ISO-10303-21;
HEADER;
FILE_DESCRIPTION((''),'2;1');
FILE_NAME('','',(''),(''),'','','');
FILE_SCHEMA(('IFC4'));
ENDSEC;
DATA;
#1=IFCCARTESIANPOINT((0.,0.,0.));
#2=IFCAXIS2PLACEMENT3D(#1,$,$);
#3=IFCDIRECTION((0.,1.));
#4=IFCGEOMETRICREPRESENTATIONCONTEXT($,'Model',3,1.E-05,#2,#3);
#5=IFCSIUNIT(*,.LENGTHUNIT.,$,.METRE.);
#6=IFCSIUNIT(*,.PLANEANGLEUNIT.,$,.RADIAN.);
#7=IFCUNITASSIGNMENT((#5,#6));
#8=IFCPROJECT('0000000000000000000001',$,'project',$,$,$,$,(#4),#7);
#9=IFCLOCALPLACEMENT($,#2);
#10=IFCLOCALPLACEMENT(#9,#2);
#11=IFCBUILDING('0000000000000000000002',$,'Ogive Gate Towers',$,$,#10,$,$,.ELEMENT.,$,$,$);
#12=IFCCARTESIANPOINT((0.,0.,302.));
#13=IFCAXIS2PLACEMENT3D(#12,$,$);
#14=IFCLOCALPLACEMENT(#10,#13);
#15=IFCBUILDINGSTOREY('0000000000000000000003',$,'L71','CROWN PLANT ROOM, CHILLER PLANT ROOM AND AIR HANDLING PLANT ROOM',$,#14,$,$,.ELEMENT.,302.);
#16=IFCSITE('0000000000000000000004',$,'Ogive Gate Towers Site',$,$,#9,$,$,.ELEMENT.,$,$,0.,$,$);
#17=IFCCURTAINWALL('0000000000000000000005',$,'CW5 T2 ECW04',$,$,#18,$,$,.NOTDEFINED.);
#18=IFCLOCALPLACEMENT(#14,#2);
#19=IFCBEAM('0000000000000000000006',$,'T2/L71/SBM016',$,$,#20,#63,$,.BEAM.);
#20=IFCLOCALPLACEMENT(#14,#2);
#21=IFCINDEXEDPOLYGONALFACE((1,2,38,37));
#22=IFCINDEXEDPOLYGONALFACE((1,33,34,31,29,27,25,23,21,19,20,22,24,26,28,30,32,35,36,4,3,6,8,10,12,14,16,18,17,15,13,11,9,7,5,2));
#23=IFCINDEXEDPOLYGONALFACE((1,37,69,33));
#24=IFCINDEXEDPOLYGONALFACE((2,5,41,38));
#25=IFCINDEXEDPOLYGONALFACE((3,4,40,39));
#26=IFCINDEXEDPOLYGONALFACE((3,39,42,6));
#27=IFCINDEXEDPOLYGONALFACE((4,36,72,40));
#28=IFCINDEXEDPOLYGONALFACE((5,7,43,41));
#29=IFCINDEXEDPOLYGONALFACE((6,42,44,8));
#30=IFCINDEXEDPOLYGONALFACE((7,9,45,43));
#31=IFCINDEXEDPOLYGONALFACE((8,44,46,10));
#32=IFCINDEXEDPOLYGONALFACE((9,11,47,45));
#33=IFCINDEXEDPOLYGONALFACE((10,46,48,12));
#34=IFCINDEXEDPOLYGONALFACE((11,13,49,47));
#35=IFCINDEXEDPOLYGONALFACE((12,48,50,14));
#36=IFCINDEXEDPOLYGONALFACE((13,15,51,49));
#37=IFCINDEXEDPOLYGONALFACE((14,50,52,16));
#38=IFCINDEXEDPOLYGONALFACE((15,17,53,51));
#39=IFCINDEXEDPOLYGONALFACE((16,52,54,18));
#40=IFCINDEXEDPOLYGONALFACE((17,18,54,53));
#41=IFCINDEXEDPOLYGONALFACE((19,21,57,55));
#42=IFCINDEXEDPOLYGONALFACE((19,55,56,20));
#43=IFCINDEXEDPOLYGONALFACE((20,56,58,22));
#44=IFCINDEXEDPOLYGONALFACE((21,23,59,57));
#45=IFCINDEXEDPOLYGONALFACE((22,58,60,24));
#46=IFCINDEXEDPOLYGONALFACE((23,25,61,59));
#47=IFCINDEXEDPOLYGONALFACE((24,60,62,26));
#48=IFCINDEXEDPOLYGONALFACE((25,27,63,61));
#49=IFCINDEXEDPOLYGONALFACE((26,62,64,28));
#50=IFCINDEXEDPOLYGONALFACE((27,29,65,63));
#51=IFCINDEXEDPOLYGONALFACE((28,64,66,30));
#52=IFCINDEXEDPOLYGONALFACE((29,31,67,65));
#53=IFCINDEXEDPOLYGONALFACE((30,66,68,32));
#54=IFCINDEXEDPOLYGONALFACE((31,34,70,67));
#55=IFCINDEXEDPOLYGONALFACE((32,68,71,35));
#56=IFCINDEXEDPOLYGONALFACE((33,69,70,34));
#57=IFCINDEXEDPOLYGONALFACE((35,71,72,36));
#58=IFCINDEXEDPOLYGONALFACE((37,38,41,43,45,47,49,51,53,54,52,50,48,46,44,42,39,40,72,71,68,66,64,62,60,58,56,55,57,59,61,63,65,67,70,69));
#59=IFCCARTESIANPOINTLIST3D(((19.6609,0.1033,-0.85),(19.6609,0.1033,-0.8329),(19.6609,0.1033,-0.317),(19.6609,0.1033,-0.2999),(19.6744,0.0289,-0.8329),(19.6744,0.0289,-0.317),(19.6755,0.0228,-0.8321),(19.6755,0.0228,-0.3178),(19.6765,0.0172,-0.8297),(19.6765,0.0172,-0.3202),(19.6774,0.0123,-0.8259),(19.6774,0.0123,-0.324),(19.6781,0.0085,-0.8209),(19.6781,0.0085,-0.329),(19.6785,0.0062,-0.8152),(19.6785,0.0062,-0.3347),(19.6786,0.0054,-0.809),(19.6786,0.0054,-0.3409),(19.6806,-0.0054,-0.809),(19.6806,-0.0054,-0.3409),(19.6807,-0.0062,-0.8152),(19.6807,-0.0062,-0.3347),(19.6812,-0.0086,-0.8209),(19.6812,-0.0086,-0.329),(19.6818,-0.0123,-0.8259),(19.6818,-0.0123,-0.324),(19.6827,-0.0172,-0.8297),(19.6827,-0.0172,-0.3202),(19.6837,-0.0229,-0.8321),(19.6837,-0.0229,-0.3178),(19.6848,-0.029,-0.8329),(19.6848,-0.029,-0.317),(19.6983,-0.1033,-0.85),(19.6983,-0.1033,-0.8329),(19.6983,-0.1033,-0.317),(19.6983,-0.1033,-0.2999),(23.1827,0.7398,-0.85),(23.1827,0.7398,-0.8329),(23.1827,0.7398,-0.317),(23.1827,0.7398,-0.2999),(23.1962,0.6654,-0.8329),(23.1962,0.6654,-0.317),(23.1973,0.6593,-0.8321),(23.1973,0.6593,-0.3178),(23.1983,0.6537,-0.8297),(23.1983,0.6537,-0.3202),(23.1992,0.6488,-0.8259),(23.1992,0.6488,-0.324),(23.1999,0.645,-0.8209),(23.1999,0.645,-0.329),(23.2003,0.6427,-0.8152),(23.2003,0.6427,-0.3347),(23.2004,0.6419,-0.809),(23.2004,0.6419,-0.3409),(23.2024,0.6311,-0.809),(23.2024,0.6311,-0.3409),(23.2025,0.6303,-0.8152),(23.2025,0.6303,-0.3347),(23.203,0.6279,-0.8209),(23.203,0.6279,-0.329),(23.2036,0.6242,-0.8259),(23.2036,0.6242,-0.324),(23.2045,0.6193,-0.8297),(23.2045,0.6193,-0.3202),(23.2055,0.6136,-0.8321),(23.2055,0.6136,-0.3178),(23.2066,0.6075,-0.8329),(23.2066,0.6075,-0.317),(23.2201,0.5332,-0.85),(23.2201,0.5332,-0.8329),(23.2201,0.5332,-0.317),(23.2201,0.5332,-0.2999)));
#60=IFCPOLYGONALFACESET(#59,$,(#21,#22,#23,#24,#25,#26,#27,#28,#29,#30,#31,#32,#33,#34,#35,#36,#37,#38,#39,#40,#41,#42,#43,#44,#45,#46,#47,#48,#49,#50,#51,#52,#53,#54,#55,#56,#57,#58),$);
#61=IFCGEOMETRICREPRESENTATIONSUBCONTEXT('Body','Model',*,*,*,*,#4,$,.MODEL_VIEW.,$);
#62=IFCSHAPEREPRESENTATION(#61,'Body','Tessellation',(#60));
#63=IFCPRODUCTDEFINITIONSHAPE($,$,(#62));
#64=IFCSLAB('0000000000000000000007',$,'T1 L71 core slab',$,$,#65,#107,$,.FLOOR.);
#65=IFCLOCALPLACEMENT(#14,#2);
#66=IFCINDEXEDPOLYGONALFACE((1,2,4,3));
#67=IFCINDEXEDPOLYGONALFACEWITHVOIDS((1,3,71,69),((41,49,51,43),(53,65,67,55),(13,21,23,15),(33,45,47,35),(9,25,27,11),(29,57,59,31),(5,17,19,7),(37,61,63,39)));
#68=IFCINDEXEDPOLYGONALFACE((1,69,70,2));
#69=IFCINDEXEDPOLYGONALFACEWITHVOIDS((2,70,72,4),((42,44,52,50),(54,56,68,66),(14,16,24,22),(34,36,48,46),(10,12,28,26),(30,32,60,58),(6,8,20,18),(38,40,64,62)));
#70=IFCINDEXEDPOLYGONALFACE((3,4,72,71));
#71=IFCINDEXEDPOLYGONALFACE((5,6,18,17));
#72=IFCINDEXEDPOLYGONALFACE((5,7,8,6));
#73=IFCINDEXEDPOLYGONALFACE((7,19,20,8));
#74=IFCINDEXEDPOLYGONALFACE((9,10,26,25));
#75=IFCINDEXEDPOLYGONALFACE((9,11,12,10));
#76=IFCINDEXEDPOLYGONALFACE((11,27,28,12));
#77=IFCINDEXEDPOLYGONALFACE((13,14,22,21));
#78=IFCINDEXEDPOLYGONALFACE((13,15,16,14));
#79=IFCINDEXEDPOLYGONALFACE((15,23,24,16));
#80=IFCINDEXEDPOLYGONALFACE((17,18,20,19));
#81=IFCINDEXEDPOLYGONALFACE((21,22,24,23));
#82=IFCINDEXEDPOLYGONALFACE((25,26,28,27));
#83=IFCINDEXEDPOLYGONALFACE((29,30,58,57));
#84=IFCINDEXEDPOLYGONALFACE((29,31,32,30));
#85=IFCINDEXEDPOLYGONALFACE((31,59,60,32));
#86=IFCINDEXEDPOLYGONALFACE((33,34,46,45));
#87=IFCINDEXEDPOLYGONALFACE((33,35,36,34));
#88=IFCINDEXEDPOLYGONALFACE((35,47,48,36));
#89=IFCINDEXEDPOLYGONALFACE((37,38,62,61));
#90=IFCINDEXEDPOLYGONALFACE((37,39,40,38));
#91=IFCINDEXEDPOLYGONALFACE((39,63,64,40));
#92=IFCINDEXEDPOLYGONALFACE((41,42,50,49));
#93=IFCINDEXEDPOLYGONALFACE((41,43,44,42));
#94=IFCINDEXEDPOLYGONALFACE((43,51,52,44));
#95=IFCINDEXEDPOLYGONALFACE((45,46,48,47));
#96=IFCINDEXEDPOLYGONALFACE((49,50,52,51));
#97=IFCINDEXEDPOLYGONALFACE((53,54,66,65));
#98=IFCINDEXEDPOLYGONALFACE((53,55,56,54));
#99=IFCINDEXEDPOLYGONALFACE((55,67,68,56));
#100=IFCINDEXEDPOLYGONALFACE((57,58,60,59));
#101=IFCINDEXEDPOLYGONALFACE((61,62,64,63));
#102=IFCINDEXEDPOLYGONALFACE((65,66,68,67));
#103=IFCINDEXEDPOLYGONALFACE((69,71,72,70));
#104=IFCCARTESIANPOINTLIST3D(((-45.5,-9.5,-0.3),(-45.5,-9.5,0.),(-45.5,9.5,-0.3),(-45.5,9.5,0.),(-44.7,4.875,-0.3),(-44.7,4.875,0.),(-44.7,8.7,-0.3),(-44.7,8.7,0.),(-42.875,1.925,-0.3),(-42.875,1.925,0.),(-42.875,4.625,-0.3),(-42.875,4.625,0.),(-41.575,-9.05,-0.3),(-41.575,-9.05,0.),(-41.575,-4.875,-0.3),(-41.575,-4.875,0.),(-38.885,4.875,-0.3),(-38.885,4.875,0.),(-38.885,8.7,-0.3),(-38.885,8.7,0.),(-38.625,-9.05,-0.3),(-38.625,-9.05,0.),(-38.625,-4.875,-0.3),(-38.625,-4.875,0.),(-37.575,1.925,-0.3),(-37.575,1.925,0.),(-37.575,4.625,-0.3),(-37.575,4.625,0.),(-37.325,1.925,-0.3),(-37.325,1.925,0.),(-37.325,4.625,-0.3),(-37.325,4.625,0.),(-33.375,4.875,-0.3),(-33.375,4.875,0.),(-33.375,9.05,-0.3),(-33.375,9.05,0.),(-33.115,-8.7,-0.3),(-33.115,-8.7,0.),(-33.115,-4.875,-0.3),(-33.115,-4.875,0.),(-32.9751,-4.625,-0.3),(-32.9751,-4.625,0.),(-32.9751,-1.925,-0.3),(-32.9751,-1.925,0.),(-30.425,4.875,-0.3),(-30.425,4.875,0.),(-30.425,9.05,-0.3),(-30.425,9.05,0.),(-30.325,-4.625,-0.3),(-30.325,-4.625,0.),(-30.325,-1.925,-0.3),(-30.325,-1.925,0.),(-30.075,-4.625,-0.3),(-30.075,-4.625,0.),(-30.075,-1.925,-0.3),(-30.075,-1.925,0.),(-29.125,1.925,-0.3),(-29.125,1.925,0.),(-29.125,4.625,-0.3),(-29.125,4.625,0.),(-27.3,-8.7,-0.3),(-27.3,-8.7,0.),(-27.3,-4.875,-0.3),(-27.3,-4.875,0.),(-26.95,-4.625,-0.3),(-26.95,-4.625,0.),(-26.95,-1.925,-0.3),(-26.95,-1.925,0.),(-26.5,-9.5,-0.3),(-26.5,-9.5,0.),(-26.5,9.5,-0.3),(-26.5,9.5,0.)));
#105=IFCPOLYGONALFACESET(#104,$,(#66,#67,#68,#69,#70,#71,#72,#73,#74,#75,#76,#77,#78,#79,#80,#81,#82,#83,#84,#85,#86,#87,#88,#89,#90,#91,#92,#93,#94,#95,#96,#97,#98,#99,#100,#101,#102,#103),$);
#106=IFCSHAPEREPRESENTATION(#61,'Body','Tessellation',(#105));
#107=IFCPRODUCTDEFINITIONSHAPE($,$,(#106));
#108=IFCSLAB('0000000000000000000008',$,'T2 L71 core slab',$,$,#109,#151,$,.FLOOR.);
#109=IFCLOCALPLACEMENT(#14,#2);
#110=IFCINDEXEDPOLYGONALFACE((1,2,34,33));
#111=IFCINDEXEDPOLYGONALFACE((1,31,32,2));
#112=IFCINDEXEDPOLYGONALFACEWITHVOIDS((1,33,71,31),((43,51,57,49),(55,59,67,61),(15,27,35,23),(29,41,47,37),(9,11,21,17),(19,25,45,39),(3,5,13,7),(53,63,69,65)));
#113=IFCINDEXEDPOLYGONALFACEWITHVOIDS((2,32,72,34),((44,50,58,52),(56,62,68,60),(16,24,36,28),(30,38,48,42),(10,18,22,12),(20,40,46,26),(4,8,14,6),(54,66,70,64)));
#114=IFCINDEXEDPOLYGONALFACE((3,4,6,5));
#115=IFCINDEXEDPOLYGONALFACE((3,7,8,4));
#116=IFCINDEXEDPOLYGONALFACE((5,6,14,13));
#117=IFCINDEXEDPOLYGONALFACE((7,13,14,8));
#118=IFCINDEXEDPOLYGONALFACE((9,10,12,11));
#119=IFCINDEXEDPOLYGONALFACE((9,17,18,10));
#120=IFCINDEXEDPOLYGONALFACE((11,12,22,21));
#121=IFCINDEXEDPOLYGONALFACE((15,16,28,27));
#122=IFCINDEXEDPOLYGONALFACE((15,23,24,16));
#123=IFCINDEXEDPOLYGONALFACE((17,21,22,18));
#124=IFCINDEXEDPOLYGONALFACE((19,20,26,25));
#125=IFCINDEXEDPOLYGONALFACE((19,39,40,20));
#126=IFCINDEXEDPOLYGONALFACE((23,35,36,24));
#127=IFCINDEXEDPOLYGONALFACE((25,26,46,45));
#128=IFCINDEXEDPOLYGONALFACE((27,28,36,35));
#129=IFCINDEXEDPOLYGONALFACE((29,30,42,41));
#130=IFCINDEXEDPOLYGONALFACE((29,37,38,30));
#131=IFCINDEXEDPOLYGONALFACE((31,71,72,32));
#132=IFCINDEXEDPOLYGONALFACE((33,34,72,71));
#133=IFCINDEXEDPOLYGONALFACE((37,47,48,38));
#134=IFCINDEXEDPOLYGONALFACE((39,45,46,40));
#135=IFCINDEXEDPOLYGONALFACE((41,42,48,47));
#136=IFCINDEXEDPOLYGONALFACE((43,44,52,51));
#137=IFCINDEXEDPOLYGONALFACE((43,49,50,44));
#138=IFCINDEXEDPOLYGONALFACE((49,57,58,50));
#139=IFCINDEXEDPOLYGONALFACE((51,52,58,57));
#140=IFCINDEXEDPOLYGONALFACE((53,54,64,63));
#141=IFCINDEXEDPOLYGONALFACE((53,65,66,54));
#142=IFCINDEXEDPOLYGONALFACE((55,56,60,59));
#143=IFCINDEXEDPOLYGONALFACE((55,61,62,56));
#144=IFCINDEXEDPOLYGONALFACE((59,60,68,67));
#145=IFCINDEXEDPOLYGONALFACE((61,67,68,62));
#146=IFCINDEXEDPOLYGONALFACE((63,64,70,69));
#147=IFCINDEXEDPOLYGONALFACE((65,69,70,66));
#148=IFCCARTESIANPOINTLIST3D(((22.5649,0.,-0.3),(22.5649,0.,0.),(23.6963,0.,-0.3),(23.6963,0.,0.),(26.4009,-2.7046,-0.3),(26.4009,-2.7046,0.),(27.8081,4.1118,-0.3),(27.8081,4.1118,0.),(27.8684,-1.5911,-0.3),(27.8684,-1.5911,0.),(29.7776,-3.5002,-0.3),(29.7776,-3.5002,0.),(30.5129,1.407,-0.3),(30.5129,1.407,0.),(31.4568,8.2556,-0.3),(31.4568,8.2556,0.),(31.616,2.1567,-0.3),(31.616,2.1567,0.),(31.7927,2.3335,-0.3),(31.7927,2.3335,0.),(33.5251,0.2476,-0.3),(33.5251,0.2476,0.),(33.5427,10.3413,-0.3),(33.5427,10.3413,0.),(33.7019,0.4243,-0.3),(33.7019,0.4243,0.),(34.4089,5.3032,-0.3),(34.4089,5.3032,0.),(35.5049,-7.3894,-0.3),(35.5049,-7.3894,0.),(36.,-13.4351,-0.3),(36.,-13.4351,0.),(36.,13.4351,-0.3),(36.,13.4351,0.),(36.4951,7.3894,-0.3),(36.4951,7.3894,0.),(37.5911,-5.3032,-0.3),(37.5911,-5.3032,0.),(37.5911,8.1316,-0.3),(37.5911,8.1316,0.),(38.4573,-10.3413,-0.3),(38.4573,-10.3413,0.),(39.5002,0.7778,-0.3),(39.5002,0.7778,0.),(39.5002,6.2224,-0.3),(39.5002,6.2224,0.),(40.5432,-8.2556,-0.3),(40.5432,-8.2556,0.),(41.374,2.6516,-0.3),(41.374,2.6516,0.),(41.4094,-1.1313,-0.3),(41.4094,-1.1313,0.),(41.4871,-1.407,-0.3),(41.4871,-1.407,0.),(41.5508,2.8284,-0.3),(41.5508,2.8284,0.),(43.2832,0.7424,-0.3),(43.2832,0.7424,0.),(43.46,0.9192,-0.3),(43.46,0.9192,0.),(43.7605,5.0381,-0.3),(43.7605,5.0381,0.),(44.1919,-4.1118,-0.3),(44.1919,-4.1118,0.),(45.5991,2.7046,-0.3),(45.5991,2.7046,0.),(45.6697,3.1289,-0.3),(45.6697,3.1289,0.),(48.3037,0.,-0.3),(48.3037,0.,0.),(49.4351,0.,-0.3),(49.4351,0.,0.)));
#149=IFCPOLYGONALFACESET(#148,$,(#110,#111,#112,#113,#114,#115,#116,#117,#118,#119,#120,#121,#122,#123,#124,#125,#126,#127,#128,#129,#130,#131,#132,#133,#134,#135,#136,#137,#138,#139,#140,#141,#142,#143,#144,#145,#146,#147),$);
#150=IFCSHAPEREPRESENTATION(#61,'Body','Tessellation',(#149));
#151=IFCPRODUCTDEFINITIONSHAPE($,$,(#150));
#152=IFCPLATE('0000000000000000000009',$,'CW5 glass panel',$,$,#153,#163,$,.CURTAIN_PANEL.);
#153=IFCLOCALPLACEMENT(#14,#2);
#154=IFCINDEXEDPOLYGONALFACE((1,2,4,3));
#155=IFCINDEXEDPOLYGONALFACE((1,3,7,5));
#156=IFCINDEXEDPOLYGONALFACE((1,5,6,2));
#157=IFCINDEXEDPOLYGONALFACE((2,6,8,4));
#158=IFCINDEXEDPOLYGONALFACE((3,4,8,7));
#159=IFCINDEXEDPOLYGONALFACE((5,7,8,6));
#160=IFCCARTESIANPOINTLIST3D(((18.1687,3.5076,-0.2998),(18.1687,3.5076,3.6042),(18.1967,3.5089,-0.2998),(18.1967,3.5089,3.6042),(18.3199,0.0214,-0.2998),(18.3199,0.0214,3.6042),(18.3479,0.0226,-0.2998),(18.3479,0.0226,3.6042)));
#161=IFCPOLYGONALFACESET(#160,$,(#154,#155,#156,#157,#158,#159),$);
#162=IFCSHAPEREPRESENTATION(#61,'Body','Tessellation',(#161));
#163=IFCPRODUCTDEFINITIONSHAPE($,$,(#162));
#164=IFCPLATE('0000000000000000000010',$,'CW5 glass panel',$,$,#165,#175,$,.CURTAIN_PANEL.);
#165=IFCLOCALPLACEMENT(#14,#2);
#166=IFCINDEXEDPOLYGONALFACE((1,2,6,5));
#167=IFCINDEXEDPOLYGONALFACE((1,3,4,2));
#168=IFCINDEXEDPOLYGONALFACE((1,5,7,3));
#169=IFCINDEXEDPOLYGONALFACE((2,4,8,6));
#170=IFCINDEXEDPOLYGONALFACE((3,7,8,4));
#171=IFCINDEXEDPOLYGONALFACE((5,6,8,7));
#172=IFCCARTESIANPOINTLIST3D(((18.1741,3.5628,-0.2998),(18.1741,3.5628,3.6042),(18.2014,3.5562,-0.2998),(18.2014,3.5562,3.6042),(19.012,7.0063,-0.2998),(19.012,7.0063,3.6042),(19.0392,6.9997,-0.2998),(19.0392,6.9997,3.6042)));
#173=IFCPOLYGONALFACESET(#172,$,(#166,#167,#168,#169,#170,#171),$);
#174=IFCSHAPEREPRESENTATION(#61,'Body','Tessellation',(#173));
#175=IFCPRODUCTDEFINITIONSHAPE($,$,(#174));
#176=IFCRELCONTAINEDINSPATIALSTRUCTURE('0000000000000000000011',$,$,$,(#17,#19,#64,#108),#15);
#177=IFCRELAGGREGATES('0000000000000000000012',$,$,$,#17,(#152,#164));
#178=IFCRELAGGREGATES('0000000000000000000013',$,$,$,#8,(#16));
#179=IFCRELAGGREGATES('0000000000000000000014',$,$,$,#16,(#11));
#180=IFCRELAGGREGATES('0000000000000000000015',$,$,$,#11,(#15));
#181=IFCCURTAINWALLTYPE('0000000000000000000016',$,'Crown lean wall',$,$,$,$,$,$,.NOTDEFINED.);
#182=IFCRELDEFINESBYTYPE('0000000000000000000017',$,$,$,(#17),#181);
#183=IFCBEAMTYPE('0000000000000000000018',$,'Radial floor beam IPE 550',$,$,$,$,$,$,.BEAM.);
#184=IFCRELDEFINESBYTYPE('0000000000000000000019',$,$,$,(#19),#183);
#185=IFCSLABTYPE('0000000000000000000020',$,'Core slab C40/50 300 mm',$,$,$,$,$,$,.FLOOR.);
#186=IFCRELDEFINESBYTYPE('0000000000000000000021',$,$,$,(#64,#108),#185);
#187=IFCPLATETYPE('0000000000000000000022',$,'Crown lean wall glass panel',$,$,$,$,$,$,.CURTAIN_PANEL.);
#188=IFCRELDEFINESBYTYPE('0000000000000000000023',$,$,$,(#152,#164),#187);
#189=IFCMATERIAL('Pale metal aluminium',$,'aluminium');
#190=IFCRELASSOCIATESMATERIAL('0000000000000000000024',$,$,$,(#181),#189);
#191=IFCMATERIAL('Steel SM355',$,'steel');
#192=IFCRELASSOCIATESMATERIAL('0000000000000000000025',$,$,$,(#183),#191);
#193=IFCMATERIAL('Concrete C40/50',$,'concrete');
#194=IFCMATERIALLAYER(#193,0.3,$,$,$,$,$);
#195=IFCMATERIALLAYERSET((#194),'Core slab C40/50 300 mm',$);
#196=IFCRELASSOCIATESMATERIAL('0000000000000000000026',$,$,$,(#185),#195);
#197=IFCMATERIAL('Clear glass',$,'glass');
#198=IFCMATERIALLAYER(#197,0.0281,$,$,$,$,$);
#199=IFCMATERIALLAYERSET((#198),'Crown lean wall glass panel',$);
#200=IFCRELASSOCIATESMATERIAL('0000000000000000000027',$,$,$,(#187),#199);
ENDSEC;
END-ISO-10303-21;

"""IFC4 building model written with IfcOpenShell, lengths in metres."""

from ifc_helpers import new_model, si_unit, direction, frame, origin, origin_2d, place, context, subcontext, project, spatial, polyline, rectangle, i_section, outline, extrude, material, layer, layer_set, material_profile, profile_set, type_object, element, aggregate, save


model = new_model("IFC4")

# Units and contexts
model_context = context("Model", 3, precision=1e-05, world=origin(), true_north=direction((0.0, 1.0)))
body_context = subcontext(model_context, "Body", "Model", "MODEL_VIEW")
ifc_project = project(units=[si_unit("LENGTHUNIT", "METRE"), si_unit("PLANEANGLEUNIT", "RADIAN")], contexts=[model_context])

# Site, building, storey
site_placement = place(None, origin())
site = spatial("IfcSite", under=ifc_project, at=site_placement, Name="Ogive Gate Towers Site", CompositionType="ELEMENT", RefElevation=0.0)
building_placement = place(site_placement, origin())
building = spatial("IfcBuilding", under=site, at=building_placement, Name="Ogive Gate Towers", CompositionType="ELEMENT")
storey_placement = place(building_placement, frame((0.0, 0.0, 302.0)))
storey = spatial("IfcBuildingStorey", under=building, at=storey_placement, Name="L71", Description="CROWN PLANT ROOM, CHILLER PLANT ROOM AND AIR HANDLING PLANT ROOM", CompositionType="ELEMENT", Elevation=302.0)

# Shared definitions
ifc_material_1 = material(Name="Pale metal aluminium", Category="aluminium")
curtain_wall_type = type_object("IfcCurtainWallType", Name="Crown lean wall", PredefinedType="NOTDEFINED", material=ifc_material_1)

# Curtain wall
curtain_wall_1_placement = place(storey_placement, origin())
curtain_wall_1 = element("IfcCurtainWall", 1, at=curtain_wall_1_placement, inside=storey, type_object=curtain_wall_type, Name="CW5 T2 ECW04", PredefinedType="NOTDEFINED")

# Beam
ifc_material_2 = material(Name="Steel SM355", Category="steel")
ifc_material_profile_1 = material_profile(ifc_material_2, i_section(OverallWidth=0.21, OverallDepth=0.55, WebThickness=0.011, FlangeThickness=0.0171, FilletRadius=0.0239, at=origin_2d()), Name="IPE 550")
ifc_profile_set_1 = profile_set([ifc_material_profile_1], Name="Steel SM355")
beam_type_1 = type_object("IfcBeamType", Name="Radial floor beam IPE 550", PredefinedType="BEAM", material=ifc_profile_set_1)
beam_1_placement = place(storey_placement, frame((23.2014, 0.6365, -0.575), z_axis=(-0.984058, -0.177847, 0.0), x_axis=(0.177847, -0.984058, 0.0)))
element("IfcBeam", 2, at=beam_1_placement, inside=storey, type_object=beam_type_1, Name="T2/L71/SBM016", PredefinedType="BEAM", context=body_context, shape_type="SweptSolid", body=[
    extrude(i_section(OverallWidth=0.21, OverallDepth=0.55, WebThickness=0.011, FlangeThickness=0.0171, FilletRadius=0.0239, at=origin_2d()), origin(), (0.0, 0.0, 1.0), 3.5789),
])

# Slabs
ifc_material_3 = material(Name="Concrete C40/50", Category="concrete")
ifc_layer_1 = layer(ifc_material_3, 0.3)
ifc_layer_set_1 = layer_set([ifc_layer_1], Name="Core slab C40/50 300 mm")
slab_type = type_object("IfcSlabType", Name="Core slab C40/50 300 mm", PredefinedType="FLOOR", material=ifc_layer_set_1)
slab_1_placement = place(storey_placement, frame((0.0, 0.0, -0.3)))
element("IfcSlab", 3, at=slab_1_placement, inside=storey, type_object=slab_type, Name="T1 L71 core slab", PredefinedType="FLOOR", context=body_context, shape_type="SweptSolid", body=[
    extrude(outline(polyline([(-45.5, -9.5), (-45.5, 9.5), (-26.5, 9.5), (-26.5, -9.5), (-45.5, -9.5)]), holes=[polyline([(-42.875, 1.925), (-37.575, 1.925), (-37.575, 4.625), (-42.875, 4.625), (-42.875, 1.925)]), polyline([(-37.325, 4.625), (-37.325, 1.925), (-29.125, 1.925), (-29.125, 4.625), (-37.325, 4.625)]), polyline([(-30.325, -1.925), (-32.9751, -1.925), (-32.9751, -4.625), (-30.325, -4.625), (-30.325, -1.925)]), polyline([(-26.95, -4.625), (-26.95, -1.925), (-30.075, -1.925), (-30.075, -4.625), (-26.95, -4.625)]), polyline([(-33.375, 4.875), (-30.425, 4.875), (-30.425, 9.05), (-33.375, 9.05), (-33.375, 4.875)]), polyline([(-41.575, -4.875), (-41.575, -9.05), (-38.625, -9.05), (-38.625, -4.875), (-41.575, -4.875)]), polyline([(-44.7, 4.875), (-38.885, 4.875), (-38.885, 8.7), (-44.7, 8.7), (-44.7, 4.875)]), polyline([(-27.3, -8.7), (-27.3, -4.875), (-33.115, -4.875), (-33.115, -8.7), (-27.3, -8.7)])]), origin(), (0.0, 0.0, 1.0), 0.3),
])
slab_2_placement = place(storey_placement, frame((0.0, 0.0, -0.3)))
element("IfcSlab", 4, at=slab_2_placement, inside=storey, type_object=slab_type, Name="T2 L71 core slab", PredefinedType="FLOOR", context=body_context, shape_type="SweptSolid", body=[
    extrude(outline(polyline([(36.0, -13.4351), (22.5649, 0.0), (36.0, 13.4351), (49.4351, 0.0), (36.0, -13.4351)]), holes=[polyline([(29.7776, -3.5002), (33.5251, 0.2476), (31.616, 2.1567), (27.8684, -1.5911), (29.7776, -3.5002)]), polyline([(31.7927, 2.3335), (33.7019, 0.4243), (39.5002, 6.2224), (37.5911, 8.1316), (31.7927, 2.3335)]), polyline([(41.374, 2.6516), (39.5002, 0.7778), (41.4094, -1.1313), (43.2832, 0.7424), (41.374, 2.6516)]), polyline([(45.6697, 3.1289), (43.7605, 5.0381), (41.5508, 2.8284), (43.46, 0.9192), (45.6697, 3.1289)]), polyline([(34.4089, 5.3032), (36.4951, 7.3894), (33.5427, 10.3413), (31.4568, 8.2556), (34.4089, 5.3032)]), polyline([(35.5049, -7.3894), (38.4573, -10.3413), (40.5432, -8.2556), (37.5911, -5.3032), (35.5049, -7.3894)]), polyline([(26.4009, -2.7046), (30.5129, 1.407), (27.8081, 4.1118), (23.6963, 0.0), (26.4009, -2.7046)]), polyline([(48.3037, 0.0), (45.5991, 2.7046), (41.4871, -1.407), (44.1919, -4.1118), (48.3037, 0.0)])]), origin(), (0.0, 0.0, 1.0), 0.3),
])

# Plates
ifc_material_4 = material(Name="Clear glass", Category="glass")
ifc_layer_2 = layer(ifc_material_4, 0.0281)
ifc_layer_set_2 = layer_set([ifc_layer_2], Name="Crown lean wall glass panel")
plate_type = type_object("IfcPlateType", Name="Crown lean wall glass panel", PredefinedType="CURTAIN_PANEL", material=ifc_layer_set_2)
plate_1_placement = place(storey_placement, frame((18.2583, 1.7651, -0.2998), z_axis=(0.0, 0.0, 1.0), x_axis=(-0.04334, 0.99906, 0.0)))
plate_1 = element("IfcPlate", 5, at=plate_1_placement, type_object=plate_type, Name="CW5 glass panel", PredefinedType="CURTAIN_PANEL", context=body_context, shape_type="SweptSolid", body=[
    extrude(rectangle(XDim=3.4895, YDim=0.0281, at=origin_2d()), origin(), (0.0, 0.0, 1.0), 3.9041),
])
plate_2_placement = place(storey_placement, frame((18.6067, 5.2812, -0.2998), z_axis=(0.0, 0.0, 1.0), x_axis=(0.236414, 0.971652, 0.0)))
plate_2 = element("IfcPlate", 6, at=plate_2_placement, type_object=plate_type, Name="CW5 glass panel", PredefinedType="CURTAIN_PANEL", context=body_context, shape_type="SweptSolid", body=[
    extrude(rectangle(XDim=3.5439, YDim=0.0281, at=origin_2d()), origin(), (0.0, 0.0, 1.0), 3.9041),
])
aggregate(curtain_wall_1, [plate_1, plate_2])

save(model, "model.ifc")
